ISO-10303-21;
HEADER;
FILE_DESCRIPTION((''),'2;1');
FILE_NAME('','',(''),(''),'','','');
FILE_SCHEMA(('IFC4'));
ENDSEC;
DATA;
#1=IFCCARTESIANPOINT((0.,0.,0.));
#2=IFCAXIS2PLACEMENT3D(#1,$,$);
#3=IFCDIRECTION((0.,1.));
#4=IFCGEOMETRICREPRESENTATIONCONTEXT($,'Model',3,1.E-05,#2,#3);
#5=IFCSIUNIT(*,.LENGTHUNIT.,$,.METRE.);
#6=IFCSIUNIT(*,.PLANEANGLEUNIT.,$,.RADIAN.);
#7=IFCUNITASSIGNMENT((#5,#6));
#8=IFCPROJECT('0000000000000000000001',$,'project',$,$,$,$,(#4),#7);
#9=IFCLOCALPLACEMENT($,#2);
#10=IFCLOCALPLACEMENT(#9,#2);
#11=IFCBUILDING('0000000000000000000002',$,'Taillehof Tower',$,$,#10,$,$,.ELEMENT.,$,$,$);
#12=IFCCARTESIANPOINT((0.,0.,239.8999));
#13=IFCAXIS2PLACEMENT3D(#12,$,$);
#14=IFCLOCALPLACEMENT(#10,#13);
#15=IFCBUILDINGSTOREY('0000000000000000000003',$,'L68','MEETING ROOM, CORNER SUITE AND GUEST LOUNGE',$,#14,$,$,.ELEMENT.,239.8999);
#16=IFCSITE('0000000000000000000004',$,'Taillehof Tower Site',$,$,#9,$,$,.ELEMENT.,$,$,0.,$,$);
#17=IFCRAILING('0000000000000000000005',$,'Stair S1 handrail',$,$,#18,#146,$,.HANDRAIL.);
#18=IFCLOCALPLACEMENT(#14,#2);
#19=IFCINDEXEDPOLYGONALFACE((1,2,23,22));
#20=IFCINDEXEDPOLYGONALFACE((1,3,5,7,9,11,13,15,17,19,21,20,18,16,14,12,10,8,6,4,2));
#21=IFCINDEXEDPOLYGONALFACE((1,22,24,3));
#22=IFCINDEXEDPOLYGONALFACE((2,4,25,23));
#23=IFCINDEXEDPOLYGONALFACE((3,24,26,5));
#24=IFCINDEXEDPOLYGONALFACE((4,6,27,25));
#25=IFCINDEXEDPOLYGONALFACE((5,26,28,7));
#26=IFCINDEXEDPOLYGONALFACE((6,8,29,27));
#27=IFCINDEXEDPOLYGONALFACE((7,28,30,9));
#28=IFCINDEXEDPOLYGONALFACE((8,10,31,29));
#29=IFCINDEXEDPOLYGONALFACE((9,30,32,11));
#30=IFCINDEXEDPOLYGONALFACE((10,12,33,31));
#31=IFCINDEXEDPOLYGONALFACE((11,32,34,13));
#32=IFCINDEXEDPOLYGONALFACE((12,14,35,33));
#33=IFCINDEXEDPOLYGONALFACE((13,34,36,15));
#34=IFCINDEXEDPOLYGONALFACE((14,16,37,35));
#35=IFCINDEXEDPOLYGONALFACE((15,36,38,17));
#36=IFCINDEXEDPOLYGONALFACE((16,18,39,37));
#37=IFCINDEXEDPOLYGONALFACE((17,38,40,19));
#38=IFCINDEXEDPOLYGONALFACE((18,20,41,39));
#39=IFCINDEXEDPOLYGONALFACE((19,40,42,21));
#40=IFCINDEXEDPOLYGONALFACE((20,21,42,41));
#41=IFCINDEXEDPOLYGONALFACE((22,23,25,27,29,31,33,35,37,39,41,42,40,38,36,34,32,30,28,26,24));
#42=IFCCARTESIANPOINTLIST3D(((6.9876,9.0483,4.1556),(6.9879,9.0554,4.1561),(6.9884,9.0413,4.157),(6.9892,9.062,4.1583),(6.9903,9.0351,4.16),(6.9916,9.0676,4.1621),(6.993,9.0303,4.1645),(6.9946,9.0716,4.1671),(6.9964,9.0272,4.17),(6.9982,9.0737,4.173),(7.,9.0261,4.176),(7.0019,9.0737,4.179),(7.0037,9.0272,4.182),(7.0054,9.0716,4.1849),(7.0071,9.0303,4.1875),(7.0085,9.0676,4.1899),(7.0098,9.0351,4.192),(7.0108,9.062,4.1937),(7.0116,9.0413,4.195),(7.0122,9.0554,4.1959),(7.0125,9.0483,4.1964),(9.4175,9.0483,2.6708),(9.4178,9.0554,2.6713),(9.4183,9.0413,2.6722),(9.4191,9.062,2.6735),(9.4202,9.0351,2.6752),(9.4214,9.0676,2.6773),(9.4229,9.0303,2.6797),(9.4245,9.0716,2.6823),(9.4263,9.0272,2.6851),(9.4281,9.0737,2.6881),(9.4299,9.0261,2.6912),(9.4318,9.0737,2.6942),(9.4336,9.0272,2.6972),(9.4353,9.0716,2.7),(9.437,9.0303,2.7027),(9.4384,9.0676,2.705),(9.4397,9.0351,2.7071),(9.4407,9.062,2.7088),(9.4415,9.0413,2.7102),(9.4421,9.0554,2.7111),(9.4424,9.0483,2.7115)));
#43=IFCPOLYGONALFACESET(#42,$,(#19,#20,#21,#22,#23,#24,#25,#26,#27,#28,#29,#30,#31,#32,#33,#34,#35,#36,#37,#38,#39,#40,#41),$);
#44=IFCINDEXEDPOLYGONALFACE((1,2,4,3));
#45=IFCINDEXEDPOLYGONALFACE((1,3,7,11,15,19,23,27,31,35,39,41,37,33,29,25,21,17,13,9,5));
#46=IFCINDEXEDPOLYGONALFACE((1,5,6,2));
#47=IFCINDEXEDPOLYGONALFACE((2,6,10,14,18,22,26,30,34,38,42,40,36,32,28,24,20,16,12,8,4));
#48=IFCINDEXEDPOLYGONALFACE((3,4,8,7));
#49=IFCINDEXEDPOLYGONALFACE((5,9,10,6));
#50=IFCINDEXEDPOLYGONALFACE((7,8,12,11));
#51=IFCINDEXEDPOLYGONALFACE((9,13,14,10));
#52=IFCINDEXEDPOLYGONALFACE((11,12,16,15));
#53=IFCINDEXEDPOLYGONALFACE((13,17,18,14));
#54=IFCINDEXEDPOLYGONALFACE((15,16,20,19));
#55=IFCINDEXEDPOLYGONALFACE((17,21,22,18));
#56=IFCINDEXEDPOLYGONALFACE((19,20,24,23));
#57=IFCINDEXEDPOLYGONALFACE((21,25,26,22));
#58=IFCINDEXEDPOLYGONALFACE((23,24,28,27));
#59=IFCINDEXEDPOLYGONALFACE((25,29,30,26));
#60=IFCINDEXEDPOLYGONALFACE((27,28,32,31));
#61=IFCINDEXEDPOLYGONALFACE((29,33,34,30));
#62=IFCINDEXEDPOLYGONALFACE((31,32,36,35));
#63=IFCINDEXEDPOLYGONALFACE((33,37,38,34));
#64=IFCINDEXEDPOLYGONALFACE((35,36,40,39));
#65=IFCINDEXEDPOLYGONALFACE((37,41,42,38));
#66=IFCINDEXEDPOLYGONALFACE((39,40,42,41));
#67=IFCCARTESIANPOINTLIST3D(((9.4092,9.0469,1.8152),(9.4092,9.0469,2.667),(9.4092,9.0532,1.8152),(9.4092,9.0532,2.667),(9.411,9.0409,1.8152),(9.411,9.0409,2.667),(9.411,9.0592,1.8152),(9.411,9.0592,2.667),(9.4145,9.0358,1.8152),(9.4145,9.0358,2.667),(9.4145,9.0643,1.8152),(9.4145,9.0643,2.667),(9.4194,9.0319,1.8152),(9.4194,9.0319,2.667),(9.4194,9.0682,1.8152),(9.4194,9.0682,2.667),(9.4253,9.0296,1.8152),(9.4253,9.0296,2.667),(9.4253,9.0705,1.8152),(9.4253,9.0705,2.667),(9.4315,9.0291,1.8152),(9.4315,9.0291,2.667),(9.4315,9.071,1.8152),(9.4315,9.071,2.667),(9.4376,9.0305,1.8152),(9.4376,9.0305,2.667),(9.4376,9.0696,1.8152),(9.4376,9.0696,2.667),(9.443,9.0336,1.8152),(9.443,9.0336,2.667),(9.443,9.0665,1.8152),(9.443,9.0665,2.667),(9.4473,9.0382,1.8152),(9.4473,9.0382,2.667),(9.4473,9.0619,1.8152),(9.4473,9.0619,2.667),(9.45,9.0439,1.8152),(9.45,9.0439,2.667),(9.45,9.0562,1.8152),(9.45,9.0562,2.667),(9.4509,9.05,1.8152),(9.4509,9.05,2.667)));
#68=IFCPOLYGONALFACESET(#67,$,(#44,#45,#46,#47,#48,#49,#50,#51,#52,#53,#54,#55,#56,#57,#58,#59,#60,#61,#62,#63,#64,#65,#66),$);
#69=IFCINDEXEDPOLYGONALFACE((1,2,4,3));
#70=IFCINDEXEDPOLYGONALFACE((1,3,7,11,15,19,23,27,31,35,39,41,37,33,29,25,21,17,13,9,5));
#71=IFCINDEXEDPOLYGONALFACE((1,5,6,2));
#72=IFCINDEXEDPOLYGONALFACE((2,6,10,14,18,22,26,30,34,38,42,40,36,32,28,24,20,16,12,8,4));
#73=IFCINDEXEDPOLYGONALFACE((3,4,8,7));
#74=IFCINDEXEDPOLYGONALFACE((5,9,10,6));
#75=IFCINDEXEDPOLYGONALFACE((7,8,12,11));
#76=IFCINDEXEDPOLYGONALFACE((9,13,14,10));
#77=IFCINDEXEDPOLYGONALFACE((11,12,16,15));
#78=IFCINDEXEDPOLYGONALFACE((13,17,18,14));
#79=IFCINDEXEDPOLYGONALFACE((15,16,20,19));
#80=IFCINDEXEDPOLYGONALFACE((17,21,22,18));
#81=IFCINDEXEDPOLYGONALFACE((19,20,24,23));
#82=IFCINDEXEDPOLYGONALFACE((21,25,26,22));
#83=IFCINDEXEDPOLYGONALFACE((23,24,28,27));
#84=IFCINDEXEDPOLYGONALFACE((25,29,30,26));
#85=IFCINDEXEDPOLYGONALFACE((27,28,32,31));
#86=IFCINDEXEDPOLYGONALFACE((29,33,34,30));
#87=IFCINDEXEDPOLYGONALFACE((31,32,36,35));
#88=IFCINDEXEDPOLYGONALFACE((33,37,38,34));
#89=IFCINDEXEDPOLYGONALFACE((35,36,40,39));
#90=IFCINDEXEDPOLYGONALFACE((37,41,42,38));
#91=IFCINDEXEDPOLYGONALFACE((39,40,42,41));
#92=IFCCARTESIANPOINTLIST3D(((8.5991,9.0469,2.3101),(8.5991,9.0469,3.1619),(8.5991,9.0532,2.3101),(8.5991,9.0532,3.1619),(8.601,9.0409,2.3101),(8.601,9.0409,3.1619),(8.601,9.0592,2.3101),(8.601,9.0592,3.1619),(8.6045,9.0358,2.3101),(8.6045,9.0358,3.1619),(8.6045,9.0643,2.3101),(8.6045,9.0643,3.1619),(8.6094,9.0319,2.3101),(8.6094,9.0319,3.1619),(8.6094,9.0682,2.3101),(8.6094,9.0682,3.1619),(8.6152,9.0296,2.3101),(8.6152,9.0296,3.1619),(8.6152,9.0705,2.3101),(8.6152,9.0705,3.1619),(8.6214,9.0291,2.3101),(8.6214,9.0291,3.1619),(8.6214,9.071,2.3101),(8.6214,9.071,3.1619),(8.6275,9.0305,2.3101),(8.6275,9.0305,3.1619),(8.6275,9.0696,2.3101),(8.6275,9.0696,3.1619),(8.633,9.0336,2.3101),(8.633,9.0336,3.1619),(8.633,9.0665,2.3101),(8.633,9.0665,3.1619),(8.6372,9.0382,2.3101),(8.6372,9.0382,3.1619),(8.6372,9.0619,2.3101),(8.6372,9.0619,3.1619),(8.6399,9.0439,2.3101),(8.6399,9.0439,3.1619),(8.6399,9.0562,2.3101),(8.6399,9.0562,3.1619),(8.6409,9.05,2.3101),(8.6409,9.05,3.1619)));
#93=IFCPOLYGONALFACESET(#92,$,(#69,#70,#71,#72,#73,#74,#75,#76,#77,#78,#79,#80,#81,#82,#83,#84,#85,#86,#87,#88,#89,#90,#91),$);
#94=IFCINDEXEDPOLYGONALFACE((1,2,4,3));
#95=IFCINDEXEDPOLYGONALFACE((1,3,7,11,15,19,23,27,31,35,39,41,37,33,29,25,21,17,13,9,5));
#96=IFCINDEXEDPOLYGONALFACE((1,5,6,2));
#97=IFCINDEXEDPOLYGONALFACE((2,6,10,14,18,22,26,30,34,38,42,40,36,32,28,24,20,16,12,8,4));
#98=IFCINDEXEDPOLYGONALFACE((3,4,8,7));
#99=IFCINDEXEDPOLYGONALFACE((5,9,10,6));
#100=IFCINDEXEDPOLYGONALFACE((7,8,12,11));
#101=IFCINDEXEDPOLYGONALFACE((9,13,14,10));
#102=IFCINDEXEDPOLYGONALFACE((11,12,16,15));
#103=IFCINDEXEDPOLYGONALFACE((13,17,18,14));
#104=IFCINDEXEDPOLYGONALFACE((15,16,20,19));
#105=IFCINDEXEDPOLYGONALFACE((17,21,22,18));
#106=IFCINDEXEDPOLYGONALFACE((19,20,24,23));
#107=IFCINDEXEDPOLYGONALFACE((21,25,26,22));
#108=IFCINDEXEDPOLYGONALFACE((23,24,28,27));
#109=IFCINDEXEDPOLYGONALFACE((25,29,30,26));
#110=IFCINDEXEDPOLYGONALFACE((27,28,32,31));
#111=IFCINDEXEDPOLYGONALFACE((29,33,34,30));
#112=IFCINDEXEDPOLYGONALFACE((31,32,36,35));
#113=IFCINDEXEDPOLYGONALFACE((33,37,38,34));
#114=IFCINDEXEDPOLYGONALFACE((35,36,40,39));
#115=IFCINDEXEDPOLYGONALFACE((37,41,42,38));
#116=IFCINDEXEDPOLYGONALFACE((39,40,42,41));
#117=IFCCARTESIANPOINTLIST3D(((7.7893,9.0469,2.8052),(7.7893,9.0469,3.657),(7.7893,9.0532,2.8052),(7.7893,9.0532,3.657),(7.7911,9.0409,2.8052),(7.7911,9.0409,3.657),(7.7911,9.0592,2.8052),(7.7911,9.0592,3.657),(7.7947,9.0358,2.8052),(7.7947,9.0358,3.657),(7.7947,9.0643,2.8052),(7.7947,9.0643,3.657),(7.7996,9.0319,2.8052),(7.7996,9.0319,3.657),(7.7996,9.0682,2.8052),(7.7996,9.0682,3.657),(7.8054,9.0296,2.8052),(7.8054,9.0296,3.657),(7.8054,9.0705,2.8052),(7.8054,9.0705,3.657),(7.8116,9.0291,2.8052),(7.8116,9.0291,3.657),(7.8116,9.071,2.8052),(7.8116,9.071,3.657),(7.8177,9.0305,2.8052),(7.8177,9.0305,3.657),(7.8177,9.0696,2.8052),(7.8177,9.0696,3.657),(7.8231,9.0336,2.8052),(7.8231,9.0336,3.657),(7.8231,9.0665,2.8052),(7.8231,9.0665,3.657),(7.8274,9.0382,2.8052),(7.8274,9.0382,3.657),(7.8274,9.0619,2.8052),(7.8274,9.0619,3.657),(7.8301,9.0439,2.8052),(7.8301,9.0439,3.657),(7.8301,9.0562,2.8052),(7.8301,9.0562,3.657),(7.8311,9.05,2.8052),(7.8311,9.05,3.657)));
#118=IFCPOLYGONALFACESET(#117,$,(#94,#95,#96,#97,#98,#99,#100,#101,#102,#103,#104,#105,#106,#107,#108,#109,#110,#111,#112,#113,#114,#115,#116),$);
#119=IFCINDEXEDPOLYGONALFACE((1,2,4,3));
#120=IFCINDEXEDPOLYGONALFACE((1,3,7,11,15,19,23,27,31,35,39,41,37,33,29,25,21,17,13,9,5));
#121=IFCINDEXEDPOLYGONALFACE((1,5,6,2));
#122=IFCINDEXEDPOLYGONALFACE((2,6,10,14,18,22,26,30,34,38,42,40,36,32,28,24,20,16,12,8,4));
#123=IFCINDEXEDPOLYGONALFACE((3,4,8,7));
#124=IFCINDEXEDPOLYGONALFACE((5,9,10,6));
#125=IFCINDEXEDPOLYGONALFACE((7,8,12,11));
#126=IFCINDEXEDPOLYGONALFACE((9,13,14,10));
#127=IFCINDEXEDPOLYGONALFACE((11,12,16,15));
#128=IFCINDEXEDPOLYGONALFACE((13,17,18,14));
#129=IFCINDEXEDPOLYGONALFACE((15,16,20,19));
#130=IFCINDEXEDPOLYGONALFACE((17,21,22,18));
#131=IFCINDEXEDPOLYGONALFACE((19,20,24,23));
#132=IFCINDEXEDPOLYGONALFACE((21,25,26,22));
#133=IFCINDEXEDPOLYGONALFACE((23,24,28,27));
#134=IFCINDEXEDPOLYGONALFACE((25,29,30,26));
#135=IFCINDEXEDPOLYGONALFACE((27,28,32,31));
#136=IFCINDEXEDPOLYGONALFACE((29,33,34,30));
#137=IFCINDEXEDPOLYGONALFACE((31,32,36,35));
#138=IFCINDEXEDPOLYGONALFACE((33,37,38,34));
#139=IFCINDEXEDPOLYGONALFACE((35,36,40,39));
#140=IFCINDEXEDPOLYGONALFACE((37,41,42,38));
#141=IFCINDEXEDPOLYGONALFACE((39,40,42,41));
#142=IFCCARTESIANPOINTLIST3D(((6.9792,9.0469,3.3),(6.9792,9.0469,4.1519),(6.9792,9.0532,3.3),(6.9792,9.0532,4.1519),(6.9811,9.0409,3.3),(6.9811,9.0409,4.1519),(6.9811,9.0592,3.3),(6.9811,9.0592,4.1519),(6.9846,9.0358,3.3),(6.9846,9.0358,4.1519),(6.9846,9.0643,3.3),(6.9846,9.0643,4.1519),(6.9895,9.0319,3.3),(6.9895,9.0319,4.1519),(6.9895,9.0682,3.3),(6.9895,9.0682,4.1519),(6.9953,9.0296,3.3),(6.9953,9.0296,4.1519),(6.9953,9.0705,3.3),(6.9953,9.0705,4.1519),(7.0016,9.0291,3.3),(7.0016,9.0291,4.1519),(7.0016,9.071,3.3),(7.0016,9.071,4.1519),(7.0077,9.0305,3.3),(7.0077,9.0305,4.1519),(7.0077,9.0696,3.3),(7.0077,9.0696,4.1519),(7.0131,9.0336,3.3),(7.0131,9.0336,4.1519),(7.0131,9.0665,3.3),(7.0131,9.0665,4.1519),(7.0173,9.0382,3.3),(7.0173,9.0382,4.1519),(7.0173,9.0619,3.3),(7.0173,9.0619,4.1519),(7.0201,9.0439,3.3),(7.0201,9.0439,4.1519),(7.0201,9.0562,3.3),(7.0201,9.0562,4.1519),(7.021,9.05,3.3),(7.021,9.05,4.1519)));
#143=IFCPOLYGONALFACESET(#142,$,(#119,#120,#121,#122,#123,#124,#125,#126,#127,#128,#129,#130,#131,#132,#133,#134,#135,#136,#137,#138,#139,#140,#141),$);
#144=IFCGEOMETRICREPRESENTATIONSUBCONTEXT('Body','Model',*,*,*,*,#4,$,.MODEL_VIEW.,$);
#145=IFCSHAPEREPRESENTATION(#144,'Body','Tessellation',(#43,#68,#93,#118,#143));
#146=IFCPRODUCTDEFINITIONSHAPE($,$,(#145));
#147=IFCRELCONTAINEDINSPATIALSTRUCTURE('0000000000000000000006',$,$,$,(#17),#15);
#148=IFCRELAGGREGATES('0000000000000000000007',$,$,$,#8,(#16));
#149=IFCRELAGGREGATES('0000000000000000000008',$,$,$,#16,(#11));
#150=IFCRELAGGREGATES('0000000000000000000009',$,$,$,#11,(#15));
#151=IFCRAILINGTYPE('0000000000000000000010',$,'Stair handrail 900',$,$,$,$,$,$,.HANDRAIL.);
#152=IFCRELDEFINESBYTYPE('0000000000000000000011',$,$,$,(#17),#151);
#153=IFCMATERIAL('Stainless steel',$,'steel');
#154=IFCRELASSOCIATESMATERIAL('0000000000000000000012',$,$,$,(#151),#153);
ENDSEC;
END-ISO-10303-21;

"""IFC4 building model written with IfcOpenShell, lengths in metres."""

from ifc_helpers import new_model, si_unit, direction, frame, origin, origin_2d, place, context, subcontext, project, spatial, circle, extrude, material, type_object, element, save


model = new_model("IFC4")

# Units and contexts
model_context = context("Model", 3, precision=1e-05, world=origin(), true_north=direction((0.0, 1.0)))
body_context = subcontext(model_context, "Body", "Model", "MODEL_VIEW")
ifc_project = project(units=[si_unit("LENGTHUNIT", "METRE"), si_unit("PLANEANGLEUNIT", "RADIAN")], contexts=[model_context])

# Site, building, storey
site_placement = place(None, origin())
site = spatial("IfcSite", under=ifc_project, at=site_placement, Name="Taillehof Tower Site", CompositionType="ELEMENT", RefElevation=0.0)
building_placement = place(site_placement, origin())
building = spatial("IfcBuilding", under=site, at=building_placement, Name="Taillehof Tower", CompositionType="ELEMENT")
storey_placement = place(building_placement, frame((0.0, 0.0, 239.8999)))
storey = spatial("IfcBuildingStorey", under=building, at=storey_placement, Name="L68", Description="MEETING ROOM, CORNER SUITE AND GUEST LOUNGE", CompositionType="ELEMENT", Elevation=239.8999)

# Railing
ifc_material_1 = material(Name="Stainless steel", Category="steel")
railing_type = type_object("IfcRailingType", Name="Stair handrail 900", PredefinedType="HANDRAIL", material=ifc_material_1)
railing_1_placement = place(storey_placement, frame((9.4299, 9.05, 1.8152)))
element("IfcRailing", 1, at=railing_1_placement, inside=storey, type_object=railing_type, Name="Stair S1 handrail", PredefinedType="HANDRAIL", context=body_context, shape_type="SweptSolid", body=[
    extrude(circle(Radius=0.0239, at=origin_2d()), frame((0.0, 0.0, 0.876), z_axis=(-0.853297, 0.0, 0.521426), x_axis=(0.0, -1.0, 0.0)), (0.0, 0.0, 1.0), 2.8477),
    extrude(circle(Radius=0.021, at=origin_2d()), origin(), (0.0, 0.0, 1.0), 0.8518),
    extrude(circle(Radius=0.021, at=origin_2d()), frame((-0.8101, 0.0, 0.4949)), (0.0, 0.0, 1.0), 0.8518),
    extrude(circle(Radius=0.021, at=origin_2d()), frame((-1.6199, 0.0, 0.99)), (0.0, 0.0, 1.0), 0.8518),
    extrude(circle(Radius=0.021, at=origin_2d()), frame((-2.4299, 0.0, 1.4849)), (0.0, 0.0, 1.0), 0.8518),
])

save(model, "model.ifc")
